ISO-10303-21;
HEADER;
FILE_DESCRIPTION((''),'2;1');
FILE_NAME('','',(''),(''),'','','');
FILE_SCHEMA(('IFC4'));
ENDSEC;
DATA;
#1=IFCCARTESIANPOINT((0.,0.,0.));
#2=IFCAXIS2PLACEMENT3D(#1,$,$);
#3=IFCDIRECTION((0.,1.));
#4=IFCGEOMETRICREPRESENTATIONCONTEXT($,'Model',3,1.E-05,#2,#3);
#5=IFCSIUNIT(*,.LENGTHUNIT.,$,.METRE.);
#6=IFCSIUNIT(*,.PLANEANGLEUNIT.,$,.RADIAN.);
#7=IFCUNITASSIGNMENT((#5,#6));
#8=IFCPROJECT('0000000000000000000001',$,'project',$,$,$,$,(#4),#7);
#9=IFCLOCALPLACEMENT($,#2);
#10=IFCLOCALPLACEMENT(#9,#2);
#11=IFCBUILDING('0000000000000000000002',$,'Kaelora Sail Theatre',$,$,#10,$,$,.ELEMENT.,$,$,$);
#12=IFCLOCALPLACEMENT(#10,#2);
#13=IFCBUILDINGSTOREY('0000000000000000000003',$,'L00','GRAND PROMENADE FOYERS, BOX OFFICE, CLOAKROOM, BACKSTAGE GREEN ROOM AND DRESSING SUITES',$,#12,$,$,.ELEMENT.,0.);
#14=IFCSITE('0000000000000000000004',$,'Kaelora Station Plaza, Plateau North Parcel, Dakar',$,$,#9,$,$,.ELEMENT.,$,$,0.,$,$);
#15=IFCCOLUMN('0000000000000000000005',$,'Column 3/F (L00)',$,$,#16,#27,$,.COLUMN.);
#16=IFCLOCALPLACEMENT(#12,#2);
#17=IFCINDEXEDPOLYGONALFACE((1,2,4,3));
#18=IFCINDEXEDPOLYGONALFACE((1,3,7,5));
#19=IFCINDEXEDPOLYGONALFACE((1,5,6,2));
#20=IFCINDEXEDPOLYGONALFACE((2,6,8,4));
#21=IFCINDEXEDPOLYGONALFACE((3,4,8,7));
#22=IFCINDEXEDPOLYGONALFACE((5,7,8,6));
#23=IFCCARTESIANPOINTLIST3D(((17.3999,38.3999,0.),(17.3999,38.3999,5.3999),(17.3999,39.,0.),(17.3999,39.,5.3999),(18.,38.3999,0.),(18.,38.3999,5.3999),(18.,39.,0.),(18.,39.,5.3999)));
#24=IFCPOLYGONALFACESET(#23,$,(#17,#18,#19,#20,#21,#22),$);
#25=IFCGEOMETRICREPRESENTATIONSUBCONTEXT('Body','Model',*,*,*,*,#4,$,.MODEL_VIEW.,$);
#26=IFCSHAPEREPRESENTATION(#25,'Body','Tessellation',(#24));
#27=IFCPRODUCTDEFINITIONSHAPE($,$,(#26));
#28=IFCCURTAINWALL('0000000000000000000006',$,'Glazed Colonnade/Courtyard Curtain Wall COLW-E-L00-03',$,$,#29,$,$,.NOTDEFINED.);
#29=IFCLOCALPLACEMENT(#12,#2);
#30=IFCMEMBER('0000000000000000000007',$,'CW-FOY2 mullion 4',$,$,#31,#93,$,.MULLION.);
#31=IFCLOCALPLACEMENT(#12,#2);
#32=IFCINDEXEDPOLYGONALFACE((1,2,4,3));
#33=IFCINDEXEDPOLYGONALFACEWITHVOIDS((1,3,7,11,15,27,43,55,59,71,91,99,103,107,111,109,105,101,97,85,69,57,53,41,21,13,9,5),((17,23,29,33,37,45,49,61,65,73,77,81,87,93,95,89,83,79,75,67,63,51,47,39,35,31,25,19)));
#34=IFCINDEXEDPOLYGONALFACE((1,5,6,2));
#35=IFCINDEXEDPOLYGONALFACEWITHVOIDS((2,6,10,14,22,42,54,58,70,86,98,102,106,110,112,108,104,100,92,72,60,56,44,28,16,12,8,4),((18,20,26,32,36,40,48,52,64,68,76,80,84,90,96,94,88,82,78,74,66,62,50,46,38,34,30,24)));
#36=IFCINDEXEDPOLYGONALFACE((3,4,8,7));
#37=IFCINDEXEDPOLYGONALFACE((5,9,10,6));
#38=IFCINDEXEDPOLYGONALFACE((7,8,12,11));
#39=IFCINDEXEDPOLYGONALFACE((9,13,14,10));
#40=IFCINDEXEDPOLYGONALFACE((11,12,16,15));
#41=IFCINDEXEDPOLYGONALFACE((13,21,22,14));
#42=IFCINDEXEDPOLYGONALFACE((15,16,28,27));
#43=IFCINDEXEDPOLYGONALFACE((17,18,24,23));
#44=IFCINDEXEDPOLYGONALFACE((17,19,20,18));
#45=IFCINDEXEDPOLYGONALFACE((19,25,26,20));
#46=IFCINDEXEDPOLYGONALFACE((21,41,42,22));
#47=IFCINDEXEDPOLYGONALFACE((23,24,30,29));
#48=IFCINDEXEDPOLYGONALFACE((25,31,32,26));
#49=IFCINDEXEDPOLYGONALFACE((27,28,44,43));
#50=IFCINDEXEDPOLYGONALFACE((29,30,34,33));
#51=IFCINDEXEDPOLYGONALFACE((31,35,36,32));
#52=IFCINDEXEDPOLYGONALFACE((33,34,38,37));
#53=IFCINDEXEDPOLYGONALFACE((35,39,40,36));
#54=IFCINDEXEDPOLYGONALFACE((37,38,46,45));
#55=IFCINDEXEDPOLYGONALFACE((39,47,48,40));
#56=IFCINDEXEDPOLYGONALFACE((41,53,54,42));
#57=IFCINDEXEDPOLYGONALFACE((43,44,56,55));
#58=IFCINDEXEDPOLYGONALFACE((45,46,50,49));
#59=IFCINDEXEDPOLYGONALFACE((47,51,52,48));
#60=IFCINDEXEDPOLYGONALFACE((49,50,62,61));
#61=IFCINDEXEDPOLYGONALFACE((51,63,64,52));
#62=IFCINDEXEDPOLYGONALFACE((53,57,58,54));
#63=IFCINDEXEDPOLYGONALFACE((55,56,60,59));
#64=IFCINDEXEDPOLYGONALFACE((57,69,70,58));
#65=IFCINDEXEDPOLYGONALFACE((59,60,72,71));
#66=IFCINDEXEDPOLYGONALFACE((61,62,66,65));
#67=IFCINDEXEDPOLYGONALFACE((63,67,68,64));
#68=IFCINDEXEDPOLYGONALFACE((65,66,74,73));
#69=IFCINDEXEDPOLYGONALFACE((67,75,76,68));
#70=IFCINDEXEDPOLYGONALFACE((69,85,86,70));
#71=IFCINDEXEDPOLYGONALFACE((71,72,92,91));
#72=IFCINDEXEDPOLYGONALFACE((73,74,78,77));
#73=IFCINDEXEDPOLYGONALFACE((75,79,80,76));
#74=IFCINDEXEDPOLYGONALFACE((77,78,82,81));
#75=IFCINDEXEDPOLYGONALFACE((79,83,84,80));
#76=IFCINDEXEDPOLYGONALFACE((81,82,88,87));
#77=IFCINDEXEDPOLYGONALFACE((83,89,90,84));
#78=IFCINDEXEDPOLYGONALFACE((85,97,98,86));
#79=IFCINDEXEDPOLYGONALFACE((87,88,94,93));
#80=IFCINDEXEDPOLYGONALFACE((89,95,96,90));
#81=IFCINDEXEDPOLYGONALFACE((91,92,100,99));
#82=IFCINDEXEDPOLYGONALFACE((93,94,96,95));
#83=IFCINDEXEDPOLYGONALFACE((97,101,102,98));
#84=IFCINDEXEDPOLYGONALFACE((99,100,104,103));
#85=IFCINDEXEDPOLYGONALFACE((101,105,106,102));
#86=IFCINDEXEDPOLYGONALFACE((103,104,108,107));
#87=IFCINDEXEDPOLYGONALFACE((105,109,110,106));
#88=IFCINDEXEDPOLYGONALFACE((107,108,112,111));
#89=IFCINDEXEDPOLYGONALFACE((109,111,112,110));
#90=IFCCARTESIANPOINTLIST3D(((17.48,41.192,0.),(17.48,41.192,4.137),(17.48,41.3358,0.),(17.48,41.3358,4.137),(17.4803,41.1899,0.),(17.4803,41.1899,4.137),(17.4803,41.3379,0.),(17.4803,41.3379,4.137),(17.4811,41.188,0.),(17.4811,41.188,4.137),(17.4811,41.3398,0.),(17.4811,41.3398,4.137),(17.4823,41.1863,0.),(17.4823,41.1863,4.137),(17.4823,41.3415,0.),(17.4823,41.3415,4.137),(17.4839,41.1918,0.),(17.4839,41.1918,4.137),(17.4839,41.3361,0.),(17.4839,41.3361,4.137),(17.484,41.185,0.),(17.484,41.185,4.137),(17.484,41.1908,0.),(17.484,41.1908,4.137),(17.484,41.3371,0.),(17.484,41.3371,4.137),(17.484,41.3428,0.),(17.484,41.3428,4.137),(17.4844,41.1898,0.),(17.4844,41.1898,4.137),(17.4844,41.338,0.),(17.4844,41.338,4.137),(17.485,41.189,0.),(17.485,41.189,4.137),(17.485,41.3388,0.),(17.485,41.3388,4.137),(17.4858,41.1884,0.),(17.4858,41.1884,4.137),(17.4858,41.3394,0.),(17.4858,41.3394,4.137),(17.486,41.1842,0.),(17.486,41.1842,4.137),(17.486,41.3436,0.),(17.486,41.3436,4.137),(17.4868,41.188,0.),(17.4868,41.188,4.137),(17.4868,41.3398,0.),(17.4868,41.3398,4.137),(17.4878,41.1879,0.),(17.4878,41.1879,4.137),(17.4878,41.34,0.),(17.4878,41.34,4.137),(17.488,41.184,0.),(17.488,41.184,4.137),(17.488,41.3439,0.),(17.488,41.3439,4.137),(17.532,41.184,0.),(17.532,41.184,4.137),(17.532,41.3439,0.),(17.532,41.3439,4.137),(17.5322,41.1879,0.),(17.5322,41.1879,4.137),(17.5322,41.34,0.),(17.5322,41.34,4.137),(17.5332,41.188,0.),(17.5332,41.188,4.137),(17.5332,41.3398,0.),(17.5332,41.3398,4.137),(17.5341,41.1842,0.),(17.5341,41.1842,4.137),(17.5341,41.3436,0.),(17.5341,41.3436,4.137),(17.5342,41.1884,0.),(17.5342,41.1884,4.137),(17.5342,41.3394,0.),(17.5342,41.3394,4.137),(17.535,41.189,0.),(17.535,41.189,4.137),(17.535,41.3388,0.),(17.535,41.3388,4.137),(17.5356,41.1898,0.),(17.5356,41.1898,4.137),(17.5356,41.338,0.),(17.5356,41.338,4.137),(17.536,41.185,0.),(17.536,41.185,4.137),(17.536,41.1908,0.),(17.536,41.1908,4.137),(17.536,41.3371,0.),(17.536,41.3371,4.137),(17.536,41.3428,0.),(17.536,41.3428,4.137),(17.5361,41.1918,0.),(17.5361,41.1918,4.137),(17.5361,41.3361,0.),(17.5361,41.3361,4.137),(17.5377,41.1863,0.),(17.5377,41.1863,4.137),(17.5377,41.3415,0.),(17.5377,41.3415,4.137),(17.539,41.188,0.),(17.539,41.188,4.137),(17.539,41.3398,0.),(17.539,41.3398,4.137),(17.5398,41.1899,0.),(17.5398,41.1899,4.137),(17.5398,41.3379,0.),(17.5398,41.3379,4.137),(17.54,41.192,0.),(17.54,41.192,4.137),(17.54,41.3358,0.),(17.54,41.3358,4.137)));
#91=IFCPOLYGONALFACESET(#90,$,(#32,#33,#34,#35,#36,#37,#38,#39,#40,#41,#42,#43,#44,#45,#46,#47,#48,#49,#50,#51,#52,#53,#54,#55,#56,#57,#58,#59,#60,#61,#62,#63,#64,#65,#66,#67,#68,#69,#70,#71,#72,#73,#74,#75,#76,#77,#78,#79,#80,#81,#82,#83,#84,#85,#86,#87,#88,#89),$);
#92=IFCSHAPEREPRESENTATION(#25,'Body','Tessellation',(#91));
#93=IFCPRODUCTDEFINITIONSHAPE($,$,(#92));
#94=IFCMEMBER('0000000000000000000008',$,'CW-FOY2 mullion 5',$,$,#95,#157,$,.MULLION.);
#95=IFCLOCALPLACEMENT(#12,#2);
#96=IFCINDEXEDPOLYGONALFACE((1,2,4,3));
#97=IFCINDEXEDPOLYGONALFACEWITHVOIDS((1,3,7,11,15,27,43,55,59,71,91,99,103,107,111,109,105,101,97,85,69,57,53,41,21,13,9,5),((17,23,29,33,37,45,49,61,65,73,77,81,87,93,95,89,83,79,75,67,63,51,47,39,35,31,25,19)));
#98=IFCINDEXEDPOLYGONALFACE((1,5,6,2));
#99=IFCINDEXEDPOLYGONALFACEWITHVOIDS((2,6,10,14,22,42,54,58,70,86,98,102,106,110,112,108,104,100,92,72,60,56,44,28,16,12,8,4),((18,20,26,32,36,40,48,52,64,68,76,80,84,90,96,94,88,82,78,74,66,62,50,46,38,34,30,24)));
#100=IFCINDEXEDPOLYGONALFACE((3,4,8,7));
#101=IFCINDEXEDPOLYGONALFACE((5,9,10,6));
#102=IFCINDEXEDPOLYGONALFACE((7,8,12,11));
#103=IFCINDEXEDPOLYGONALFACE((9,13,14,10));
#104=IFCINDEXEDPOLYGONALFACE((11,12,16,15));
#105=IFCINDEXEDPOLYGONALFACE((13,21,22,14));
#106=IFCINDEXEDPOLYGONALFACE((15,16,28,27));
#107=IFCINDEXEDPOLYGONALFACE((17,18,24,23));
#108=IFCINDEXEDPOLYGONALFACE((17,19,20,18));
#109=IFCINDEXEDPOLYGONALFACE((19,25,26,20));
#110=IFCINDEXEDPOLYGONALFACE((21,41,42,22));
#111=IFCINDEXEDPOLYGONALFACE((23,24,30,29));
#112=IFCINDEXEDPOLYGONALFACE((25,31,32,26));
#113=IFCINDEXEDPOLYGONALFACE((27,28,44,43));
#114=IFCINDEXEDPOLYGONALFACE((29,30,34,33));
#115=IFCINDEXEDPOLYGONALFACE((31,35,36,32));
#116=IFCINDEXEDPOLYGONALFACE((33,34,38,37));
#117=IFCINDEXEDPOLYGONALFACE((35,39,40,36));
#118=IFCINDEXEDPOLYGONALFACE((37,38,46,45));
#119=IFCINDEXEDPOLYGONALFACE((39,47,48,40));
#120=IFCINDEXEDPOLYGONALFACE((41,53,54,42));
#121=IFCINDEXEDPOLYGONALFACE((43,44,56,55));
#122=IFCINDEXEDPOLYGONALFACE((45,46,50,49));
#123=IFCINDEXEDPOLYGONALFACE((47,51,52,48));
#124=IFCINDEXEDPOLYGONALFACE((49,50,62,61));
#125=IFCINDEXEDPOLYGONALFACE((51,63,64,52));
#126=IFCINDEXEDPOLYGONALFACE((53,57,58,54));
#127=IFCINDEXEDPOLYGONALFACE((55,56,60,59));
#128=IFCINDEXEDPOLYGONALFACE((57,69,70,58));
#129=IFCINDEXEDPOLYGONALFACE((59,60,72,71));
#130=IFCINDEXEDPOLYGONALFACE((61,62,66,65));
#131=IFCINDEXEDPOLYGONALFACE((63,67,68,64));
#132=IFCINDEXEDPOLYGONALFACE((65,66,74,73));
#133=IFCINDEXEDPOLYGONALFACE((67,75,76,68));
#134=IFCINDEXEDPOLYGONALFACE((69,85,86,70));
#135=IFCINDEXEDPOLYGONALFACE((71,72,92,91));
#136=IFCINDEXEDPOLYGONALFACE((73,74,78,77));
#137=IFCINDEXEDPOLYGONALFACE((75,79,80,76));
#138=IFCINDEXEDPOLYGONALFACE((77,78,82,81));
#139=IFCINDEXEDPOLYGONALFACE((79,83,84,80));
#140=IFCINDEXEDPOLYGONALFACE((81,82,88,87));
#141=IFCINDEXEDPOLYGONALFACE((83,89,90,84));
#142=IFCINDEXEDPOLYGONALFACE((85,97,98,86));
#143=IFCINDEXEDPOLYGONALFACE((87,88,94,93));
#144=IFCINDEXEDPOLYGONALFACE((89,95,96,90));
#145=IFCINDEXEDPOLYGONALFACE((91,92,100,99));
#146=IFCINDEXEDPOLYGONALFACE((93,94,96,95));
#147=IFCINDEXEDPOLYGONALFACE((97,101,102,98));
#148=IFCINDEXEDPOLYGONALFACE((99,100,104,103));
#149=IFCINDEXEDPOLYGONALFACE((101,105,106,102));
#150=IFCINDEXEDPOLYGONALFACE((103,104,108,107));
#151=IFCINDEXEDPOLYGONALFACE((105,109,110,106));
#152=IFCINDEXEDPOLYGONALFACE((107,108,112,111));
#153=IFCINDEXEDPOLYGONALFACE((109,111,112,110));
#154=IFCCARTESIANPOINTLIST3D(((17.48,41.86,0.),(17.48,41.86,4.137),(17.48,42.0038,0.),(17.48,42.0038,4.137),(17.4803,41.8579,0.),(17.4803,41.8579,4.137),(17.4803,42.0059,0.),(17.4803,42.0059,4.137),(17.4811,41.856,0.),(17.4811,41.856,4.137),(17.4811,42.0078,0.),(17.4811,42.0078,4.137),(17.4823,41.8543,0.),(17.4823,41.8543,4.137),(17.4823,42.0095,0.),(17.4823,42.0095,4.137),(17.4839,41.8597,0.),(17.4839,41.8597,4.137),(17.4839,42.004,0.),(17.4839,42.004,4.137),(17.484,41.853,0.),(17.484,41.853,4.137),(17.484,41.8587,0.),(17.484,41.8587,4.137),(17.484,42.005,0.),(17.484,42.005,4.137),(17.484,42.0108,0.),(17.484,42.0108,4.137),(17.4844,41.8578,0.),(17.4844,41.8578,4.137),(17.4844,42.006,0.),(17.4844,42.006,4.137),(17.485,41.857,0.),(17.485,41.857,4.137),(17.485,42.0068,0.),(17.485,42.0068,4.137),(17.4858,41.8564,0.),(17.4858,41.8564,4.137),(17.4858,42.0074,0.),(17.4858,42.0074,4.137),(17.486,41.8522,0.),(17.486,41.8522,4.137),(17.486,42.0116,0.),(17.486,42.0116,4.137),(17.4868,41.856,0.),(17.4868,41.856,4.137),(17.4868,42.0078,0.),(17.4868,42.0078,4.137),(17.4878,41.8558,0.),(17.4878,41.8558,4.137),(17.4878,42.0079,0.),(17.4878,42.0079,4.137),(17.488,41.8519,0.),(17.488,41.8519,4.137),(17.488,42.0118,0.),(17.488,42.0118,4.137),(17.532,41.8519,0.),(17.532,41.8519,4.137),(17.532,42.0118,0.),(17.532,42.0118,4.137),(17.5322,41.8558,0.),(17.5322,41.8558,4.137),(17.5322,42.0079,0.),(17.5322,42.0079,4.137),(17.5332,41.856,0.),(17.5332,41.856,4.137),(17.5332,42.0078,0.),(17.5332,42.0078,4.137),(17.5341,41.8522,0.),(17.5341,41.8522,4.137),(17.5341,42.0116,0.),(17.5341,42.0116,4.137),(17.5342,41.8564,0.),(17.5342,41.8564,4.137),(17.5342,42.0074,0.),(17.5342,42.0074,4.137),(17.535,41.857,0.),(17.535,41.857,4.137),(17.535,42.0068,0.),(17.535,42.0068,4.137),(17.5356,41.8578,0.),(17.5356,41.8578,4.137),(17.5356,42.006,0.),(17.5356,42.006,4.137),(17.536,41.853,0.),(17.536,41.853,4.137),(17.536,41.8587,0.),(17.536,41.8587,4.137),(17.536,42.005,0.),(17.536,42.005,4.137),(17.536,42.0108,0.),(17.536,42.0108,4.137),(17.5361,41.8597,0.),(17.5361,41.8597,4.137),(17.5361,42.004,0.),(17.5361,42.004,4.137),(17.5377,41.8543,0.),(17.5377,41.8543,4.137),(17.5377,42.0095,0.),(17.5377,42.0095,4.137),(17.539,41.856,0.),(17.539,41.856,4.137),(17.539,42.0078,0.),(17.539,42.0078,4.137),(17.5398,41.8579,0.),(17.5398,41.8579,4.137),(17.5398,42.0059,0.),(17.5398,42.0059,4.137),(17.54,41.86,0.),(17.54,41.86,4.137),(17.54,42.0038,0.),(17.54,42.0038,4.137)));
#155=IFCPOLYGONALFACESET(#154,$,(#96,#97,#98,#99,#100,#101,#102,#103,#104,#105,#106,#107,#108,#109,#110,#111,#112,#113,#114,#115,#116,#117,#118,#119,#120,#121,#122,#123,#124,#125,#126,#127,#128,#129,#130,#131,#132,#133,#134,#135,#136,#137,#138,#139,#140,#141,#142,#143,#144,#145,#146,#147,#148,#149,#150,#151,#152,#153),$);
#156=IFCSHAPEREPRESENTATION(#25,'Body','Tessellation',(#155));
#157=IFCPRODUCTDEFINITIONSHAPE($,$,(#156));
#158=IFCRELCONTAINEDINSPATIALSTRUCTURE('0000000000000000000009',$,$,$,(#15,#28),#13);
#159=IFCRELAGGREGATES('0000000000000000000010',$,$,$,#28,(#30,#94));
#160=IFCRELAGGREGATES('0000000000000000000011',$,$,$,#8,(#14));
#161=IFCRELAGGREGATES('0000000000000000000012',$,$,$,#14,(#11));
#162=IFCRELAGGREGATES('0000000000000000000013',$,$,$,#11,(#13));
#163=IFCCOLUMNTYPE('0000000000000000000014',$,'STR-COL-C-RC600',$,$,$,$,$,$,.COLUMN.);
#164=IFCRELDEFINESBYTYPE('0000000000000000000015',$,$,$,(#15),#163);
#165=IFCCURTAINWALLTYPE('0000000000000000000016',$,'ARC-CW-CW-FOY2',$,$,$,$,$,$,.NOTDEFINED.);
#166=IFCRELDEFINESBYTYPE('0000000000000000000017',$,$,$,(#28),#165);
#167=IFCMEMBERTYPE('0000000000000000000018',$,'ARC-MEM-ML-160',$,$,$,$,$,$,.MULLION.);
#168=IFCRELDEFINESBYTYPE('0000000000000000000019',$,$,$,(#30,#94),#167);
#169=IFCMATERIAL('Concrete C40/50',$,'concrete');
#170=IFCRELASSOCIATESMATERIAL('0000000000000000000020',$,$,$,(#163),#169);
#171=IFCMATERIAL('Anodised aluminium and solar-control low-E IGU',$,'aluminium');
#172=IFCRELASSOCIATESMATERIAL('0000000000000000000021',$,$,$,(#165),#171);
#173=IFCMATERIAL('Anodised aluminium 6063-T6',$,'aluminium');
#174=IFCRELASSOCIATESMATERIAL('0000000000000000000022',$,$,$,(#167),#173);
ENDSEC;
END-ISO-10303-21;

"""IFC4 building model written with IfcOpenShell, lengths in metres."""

from ifc_helpers import new_model, si_unit, direction, frame, origin, origin_2d, place, context, subcontext, project, spatial, rectangle, hollow_rectangle, extrude, material, material_profile, profile_set, type_object, element, aggregate, save


model = new_model("IFC4")

# Units and contexts
model_context = context("Model", 3, precision=1e-05, world=origin(), true_north=direction((0.0, 1.0)))
body_context = subcontext(model_context, "Body", "Model", "MODEL_VIEW")
ifc_project = project(units=[si_unit("LENGTHUNIT", "METRE"), si_unit("PLANEANGLEUNIT", "RADIAN")], contexts=[model_context])

# Site, building, storey
site_placement = place(None, origin())
site = spatial("IfcSite", under=ifc_project, at=site_placement, Name="Kaelora Station Plaza, Plateau North Parcel, Dakar", CompositionType="ELEMENT", RefElevation=0.0)
building_placement = place(site_placement, origin())
building = spatial("IfcBuilding", under=site, at=building_placement, Name="Kaelora Sail Theatre", CompositionType="ELEMENT")
storey_placement = place(building_placement, origin())
storey = spatial("IfcBuildingStorey", under=building, at=storey_placement, Name="L00", Description="GRAND PROMENADE FOYERS, BOX OFFICE, CLOAKROOM, BACKSTAGE GREEN ROOM AND DRESSING SUITES", CompositionType="ELEMENT", Elevation=0.0)

# Column
ifc_material_1 = material(Name="Concrete C40/50", Category="concrete")
ifc_material_profile_1 = material_profile(ifc_material_1, rectangle(XDim=0.6001, YDim=0.6001, at=origin_2d()), Name="RC-COL 600x600")
ifc_profile_set_1 = profile_set([ifc_material_profile_1], Name="Concrete C40/50")
column_type = type_object("IfcColumnType", Name="STR-COL-C-RC600", PredefinedType="COLUMN", material=ifc_profile_set_1)
column_placement = place(storey_placement, frame((17.7, 38.7, 0.0), z_axis=(0.0, 0.0, 1.0), x_axis=(1.0, 0.0, 0.0)))
element("IfcColumn", 1, at=column_placement, inside=storey, type_object=column_type, Name="Column 3/F (L00)", PredefinedType="COLUMN", context=body_context, shape_type="SweptSolid", body=[
    extrude(rectangle(XDim=0.6001, YDim=0.6001, at=origin_2d()), origin(), (0.0, 0.0, 1.0), 5.3999),
])

# Curtain wall, members
ifc_material_2 = material(Name="Anodised aluminium and solar-control low-E IGU", Category="aluminium")
curtain_wall_type = type_object("IfcCurtainWallType", Name="ARC-CW-CW-FOY2", PredefinedType="NOTDEFINED", material=ifc_material_2)
curtain_wall_1_placement = place(storey_placement, origin())
curtain_wall_1 = element("IfcCurtainWall", 2, at=curtain_wall_1_placement, inside=storey, type_object=curtain_wall_type, Name="Glazed Colonnade/Courtyard Curtain Wall COLW-E-L00-03", PredefinedType="NOTDEFINED")
ifc_material_3 = material(Name="Anodised aluminium 6063-T6", Category="aluminium")
ifc_material_profile_2 = material_profile(ifc_material_3, hollow_rectangle(XDim=0.0601, YDim=0.1599, WallThickness=0.0039, InnerFilletRadius=0.0039, OuterFilletRadius=0.0081, at=origin_2d()), Name="ALU-MULL 60x160x4")
ifc_profile_set_2 = profile_set([ifc_material_profile_2], Name="Anodised aluminium 6063-T6")
member_type_1 = type_object("IfcMemberType", Name="ARC-MEM-ML-160", PredefinedType="MULLION", material=ifc_profile_set_2)
member_1_placement = place(storey_placement, frame((17.51, 41.2639, 0.0), z_axis=(0.0, 0.0, 1.0), x_axis=(-1.0, 0.0, 0.0)))
member_1 = element("IfcMember", 3, at=member_1_placement, type_object=member_type_1, Name="CW-FOY2 mullion 4", PredefinedType="MULLION", context=body_context, shape_type="SweptSolid", body=[
    extrude(hollow_rectangle(XDim=0.0601, YDim=0.1599, WallThickness=0.0039, InnerFilletRadius=0.0039, OuterFilletRadius=0.0081, at=origin_2d()), origin(), (0.0, 0.0, 1.0), 4.137),
])
member_2_placement = place(storey_placement, frame((17.51, 41.9319, 0.0), z_axis=(0.0, 0.0, 1.0), x_axis=(-1.0, 0.0, 0.0)))
member_2 = element("IfcMember", 4, at=member_2_placement, type_object=member_type_1, Name="CW-FOY2 mullion 5", PredefinedType="MULLION", context=body_context, shape_type="SweptSolid", body=[
    extrude(hollow_rectangle(XDim=0.0601, YDim=0.1599, WallThickness=0.0039, InnerFilletRadius=0.0039, OuterFilletRadius=0.0081, at=origin_2d()), origin(), (0.0, 0.0, 1.0), 4.137),
])

aggregate(curtain_wall_1, [member_1, member_2])

save(model, "model.ifc")
